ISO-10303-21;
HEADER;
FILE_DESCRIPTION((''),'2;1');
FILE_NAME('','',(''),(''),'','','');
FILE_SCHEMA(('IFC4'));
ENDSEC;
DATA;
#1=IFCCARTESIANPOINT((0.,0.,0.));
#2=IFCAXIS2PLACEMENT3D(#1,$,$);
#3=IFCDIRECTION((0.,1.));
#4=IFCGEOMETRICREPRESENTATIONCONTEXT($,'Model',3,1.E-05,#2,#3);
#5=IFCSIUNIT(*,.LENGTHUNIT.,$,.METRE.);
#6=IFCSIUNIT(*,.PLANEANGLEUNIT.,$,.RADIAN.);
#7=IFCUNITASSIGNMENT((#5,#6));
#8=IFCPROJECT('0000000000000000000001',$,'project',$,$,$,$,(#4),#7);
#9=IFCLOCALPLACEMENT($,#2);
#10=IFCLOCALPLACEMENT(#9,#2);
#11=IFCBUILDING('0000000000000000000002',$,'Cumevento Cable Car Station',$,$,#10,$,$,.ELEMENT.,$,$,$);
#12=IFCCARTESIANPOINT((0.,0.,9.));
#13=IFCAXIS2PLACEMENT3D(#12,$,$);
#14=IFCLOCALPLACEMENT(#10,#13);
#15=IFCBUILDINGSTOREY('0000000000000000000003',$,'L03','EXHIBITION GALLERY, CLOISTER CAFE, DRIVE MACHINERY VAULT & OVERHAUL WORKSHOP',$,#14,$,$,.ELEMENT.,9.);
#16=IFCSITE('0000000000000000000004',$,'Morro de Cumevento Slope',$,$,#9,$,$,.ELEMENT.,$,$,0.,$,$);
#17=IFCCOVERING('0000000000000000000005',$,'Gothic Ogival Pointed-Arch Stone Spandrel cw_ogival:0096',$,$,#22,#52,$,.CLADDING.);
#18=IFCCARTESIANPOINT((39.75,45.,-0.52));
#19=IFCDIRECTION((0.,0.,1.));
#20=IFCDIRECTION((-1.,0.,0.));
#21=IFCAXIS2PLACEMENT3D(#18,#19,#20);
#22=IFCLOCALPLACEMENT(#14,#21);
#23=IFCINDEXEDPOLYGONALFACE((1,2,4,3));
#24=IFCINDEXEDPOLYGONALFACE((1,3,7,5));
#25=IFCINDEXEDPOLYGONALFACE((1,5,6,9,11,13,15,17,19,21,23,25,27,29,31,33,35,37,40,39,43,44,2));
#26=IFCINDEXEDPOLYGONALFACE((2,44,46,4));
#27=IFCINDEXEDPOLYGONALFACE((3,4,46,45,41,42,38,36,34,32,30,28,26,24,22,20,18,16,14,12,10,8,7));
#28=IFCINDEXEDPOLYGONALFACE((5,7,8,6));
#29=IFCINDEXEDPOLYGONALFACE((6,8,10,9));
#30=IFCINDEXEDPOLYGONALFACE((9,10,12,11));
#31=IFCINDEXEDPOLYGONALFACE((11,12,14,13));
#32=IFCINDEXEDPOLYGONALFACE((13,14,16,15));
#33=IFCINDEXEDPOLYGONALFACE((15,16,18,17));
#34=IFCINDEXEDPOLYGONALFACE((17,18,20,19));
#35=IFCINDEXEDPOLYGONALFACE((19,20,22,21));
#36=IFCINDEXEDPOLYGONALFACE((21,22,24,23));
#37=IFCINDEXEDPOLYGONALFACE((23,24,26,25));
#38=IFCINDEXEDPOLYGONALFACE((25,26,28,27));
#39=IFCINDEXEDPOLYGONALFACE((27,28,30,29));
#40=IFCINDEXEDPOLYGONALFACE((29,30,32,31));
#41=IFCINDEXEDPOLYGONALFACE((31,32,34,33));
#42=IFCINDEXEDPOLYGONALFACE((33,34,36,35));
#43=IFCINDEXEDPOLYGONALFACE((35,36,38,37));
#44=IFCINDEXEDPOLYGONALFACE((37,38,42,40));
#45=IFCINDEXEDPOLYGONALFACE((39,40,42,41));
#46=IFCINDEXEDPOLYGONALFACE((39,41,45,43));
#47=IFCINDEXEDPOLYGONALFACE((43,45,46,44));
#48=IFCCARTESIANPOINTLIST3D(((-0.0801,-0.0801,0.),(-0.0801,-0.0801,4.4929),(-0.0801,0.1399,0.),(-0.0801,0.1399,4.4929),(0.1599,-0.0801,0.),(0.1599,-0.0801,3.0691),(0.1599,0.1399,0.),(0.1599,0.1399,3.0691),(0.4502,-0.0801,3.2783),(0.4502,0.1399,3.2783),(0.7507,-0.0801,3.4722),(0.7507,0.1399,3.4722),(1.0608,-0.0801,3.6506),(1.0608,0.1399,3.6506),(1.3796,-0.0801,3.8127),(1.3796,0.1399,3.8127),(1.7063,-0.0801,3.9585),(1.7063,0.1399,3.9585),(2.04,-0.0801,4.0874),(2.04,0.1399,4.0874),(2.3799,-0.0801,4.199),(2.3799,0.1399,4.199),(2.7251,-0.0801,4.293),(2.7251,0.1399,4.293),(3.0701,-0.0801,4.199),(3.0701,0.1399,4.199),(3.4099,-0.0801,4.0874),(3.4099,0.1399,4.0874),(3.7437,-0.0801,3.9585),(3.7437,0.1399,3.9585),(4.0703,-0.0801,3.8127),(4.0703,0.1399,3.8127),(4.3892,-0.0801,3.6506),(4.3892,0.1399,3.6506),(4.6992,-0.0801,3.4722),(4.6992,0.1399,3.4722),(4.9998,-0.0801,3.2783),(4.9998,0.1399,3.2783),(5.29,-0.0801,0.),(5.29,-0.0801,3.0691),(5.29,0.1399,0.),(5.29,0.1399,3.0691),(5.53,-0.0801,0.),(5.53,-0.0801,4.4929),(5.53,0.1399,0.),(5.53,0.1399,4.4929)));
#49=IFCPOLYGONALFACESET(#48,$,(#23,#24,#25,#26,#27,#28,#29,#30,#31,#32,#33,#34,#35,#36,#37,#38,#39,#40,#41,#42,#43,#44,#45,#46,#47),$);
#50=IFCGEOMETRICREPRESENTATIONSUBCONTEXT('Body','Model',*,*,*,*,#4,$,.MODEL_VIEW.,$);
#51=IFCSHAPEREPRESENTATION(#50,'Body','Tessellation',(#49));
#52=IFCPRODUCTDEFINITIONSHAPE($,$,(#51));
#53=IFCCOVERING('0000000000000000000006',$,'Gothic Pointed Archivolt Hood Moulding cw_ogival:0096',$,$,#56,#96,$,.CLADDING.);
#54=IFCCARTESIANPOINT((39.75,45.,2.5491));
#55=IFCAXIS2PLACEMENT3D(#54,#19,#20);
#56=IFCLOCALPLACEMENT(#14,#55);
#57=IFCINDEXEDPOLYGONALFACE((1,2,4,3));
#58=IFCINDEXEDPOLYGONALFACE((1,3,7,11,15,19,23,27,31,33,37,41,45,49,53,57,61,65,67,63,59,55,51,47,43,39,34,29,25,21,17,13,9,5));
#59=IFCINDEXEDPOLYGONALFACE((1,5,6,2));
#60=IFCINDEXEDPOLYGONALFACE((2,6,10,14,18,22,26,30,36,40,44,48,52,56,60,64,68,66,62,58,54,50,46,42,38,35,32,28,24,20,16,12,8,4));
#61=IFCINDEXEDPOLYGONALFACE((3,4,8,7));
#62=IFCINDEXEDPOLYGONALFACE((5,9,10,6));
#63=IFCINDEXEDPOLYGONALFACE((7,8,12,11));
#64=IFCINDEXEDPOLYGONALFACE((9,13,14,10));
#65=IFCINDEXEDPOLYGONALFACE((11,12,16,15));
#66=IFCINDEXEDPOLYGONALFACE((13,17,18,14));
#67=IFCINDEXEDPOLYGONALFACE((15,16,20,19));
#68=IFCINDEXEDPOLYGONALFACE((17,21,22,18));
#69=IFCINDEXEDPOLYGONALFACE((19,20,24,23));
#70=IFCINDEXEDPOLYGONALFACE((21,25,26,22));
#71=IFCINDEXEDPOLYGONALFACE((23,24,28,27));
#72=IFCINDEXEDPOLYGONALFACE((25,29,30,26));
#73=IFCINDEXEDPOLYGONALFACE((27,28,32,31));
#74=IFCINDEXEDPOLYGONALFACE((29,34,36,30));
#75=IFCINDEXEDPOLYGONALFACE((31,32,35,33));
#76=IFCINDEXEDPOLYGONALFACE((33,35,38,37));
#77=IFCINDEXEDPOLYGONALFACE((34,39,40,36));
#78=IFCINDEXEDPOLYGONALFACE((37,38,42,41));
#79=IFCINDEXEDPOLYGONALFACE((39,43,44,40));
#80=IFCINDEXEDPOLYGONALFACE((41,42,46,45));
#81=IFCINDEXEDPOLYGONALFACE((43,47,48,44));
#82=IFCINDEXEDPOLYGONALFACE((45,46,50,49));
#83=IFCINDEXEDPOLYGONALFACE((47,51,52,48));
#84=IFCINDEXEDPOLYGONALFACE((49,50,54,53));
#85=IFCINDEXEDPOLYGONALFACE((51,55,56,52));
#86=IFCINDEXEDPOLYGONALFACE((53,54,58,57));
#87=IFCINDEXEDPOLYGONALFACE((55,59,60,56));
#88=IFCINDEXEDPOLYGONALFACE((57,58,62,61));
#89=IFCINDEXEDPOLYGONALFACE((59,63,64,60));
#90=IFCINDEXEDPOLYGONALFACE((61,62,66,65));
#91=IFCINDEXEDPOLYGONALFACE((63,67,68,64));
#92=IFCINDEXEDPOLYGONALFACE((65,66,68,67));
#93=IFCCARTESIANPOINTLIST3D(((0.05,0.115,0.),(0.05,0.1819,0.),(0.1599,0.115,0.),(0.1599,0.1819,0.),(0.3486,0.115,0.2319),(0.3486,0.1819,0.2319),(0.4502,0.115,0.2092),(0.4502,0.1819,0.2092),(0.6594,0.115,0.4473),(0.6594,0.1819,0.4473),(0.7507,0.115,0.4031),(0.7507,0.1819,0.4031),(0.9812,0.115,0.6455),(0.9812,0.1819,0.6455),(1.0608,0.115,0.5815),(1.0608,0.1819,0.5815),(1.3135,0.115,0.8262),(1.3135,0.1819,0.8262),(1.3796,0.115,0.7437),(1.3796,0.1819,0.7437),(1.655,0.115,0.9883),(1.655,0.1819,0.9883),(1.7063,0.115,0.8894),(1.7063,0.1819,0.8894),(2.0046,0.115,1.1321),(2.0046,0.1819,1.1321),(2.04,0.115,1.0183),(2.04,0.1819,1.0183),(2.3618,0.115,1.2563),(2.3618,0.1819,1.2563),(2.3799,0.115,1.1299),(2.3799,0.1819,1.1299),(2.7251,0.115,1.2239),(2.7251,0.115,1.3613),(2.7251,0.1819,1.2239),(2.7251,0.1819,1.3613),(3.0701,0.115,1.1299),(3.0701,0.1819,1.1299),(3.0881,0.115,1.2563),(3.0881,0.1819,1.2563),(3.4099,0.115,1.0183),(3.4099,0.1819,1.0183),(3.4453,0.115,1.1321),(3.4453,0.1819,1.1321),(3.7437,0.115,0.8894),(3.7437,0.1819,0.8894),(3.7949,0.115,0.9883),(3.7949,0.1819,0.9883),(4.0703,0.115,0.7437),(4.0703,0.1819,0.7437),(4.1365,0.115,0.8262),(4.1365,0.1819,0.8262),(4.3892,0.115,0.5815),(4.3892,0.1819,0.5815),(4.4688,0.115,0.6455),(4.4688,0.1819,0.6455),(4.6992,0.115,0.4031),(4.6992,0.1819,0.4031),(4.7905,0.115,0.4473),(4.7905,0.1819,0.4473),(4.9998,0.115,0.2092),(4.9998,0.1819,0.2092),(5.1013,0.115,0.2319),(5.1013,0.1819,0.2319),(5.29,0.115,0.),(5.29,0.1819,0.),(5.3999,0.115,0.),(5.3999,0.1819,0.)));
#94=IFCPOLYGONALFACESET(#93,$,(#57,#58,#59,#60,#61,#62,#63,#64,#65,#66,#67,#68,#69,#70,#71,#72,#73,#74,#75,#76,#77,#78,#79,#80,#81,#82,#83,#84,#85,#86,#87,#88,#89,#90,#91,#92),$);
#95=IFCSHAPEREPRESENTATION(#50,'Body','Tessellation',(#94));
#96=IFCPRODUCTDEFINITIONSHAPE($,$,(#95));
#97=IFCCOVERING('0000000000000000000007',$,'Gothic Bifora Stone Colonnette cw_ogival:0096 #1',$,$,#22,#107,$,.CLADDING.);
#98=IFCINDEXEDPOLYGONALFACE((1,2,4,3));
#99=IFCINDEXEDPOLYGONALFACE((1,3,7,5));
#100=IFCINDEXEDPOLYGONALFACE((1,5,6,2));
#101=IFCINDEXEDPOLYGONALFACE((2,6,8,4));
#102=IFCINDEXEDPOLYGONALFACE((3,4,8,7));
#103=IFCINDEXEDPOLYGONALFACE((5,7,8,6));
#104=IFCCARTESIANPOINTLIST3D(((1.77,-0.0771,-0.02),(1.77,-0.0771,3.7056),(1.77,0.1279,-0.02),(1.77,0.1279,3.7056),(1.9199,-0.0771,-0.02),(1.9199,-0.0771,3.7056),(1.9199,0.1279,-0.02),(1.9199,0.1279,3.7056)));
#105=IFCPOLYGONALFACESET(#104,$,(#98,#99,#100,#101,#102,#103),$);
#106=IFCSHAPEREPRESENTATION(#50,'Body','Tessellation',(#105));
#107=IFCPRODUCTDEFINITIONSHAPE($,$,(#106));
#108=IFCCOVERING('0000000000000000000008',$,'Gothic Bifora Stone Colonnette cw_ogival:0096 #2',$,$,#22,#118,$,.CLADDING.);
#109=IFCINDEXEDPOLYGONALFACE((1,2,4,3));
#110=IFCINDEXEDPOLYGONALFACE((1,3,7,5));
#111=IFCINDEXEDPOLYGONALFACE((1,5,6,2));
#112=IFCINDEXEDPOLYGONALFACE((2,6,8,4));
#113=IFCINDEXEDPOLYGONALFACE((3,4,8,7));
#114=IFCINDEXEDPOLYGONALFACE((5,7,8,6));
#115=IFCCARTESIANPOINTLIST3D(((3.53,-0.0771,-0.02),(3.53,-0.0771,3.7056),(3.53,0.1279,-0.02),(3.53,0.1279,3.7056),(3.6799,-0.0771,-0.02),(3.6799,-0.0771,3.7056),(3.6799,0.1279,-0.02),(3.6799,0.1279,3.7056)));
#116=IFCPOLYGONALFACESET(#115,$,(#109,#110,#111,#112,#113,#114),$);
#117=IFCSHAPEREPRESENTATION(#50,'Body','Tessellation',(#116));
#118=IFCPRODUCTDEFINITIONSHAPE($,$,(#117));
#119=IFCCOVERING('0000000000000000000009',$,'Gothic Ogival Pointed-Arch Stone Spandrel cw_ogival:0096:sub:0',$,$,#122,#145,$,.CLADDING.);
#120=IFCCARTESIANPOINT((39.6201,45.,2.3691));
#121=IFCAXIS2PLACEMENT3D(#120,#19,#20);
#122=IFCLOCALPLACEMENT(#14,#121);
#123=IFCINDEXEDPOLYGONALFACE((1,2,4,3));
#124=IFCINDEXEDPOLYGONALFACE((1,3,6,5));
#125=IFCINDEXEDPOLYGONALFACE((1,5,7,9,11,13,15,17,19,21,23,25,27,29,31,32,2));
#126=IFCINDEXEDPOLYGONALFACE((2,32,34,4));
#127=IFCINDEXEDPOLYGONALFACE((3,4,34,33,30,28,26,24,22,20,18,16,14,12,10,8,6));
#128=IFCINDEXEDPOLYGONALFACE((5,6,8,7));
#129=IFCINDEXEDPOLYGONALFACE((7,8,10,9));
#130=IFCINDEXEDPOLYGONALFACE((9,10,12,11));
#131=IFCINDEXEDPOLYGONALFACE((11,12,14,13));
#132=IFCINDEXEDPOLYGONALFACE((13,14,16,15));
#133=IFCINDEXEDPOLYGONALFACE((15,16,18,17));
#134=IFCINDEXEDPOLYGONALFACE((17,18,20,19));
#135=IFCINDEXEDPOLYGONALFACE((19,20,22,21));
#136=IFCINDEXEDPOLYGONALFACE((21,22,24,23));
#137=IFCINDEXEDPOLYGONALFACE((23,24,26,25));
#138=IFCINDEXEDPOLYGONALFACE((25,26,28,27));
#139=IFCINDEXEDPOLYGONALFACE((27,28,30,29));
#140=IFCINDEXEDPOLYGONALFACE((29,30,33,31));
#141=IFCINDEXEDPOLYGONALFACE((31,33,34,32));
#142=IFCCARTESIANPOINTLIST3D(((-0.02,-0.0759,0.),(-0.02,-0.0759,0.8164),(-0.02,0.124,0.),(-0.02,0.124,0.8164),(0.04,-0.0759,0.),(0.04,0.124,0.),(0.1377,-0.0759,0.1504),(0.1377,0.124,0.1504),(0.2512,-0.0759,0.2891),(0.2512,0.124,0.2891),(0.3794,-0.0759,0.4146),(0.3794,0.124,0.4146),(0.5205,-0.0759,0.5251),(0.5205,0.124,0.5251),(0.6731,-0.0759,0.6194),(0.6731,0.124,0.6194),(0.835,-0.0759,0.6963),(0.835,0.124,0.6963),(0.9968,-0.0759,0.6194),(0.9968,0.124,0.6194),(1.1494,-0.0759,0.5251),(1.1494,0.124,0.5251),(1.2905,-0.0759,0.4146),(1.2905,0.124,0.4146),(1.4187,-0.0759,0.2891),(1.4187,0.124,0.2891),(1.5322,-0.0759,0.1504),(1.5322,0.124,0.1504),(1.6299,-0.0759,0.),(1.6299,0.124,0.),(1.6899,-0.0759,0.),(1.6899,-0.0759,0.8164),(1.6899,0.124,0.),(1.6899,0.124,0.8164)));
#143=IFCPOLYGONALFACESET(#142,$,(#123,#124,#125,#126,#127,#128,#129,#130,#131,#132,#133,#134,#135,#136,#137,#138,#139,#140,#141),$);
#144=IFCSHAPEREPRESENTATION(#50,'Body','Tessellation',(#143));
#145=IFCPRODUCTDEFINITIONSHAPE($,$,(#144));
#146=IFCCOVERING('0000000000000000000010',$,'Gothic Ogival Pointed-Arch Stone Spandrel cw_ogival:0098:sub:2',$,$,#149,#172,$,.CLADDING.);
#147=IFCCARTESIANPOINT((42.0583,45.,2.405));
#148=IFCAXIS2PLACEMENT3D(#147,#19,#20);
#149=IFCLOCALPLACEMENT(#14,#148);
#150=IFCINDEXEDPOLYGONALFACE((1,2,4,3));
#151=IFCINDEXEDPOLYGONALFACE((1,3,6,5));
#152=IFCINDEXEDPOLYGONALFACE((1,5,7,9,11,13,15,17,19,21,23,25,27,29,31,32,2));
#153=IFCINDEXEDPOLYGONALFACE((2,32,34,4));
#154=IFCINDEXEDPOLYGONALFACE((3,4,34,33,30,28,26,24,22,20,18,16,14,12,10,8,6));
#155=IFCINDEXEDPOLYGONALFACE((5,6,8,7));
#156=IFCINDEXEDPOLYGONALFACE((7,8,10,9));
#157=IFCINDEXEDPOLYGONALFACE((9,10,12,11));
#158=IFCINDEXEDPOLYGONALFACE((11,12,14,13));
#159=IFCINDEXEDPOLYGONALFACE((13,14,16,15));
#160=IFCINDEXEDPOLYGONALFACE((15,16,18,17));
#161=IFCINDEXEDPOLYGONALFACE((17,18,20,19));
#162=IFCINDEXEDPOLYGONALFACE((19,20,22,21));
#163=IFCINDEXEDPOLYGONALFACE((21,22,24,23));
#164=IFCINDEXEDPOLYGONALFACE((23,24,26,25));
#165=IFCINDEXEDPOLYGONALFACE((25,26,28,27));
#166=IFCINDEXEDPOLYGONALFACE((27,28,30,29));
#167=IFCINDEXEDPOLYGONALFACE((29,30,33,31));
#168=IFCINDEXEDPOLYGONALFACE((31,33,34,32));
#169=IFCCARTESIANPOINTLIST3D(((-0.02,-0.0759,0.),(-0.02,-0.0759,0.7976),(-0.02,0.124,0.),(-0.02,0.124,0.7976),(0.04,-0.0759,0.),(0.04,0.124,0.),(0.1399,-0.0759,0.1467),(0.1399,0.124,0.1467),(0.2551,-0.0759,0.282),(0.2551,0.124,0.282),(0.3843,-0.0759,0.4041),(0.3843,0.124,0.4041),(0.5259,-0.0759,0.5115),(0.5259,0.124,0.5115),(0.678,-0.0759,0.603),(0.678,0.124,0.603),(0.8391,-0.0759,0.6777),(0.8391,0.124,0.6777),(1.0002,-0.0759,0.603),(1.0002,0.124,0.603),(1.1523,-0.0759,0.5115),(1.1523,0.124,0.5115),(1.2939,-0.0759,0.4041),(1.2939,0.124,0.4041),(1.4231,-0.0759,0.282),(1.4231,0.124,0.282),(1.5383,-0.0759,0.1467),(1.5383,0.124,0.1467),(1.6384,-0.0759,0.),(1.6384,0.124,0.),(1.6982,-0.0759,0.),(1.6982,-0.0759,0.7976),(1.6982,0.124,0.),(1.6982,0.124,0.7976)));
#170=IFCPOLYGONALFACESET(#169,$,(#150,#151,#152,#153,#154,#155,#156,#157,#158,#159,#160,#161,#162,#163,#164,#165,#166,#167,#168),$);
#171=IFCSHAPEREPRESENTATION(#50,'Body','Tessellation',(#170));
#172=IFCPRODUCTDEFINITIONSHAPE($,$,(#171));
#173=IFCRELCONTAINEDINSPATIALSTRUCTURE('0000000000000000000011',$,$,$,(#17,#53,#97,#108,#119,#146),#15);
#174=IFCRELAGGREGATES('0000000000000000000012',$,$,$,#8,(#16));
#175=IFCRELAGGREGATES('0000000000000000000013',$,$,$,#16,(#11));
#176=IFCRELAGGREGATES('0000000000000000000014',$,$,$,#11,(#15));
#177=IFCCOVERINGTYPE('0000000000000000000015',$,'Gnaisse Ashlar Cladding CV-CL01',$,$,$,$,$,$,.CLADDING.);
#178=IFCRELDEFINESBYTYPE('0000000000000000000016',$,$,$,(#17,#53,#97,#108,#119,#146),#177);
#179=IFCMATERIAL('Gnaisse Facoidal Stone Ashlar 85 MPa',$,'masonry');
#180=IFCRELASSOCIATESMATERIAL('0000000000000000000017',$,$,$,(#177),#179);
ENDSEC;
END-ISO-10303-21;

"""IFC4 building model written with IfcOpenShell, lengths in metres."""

from ifc_helpers import new_model, si_unit, direction, frame, origin, place, context, subcontext, project, spatial, polyline, outline, extrude, material, type_object, element, save


model = new_model("IFC4")

# Units and contexts
model_context = context("Model", 3, precision=1e-05, world=origin(), true_north=direction((0.0, 1.0)))
body_context = subcontext(model_context, "Body", "Model", "MODEL_VIEW")
ifc_project = project(units=[si_unit("LENGTHUNIT", "METRE"), si_unit("PLANEANGLEUNIT", "RADIAN")], contexts=[model_context])

# Site, building, storey
site_placement = place(None, origin())
site = spatial("IfcSite", under=ifc_project, at=site_placement, Name="Morro de Cumevento Slope", CompositionType="ELEMENT", RefElevation=0.0)
building_placement = place(site_placement, origin())
building = spatial("IfcBuilding", under=site, at=building_placement, Name="Cumevento Cable Car Station", CompositionType="ELEMENT")
storey_placement = place(building_placement, frame((0.0, 0.0, 9.0)))
storey = spatial("IfcBuildingStorey", under=building, at=storey_placement, Name="L03", Description="EXHIBITION GALLERY, CLOISTER CAFE, DRIVE MACHINERY VAULT & OVERHAUL WORKSHOP", CompositionType="ELEMENT", Elevation=9.0)

# Coverings
ifc_material_1 = material(Name="Gnaisse Facoidal Stone Ashlar 85 MPa", Category="masonry")
covering_type = type_object("IfcCoveringType", Name="Gnaisse Ashlar Cladding CV-CL01", PredefinedType="CLADDING", material=ifc_material_1)
placement = place(storey_placement, frame((39.75, 45.0, -0.52), z_axis=(0.0, 0.0, 1.0), x_axis=(-1.0, 0.0, 0.0)))
element("IfcCovering", 1, at=placement, inside=storey, type_object=covering_type, Name="Gothic Ogival Pointed-Arch Stone Spandrel cw_ogival:0096", PredefinedType="CLADDING", context=body_context, shape_type="SweptSolid", body=[
    extrude(outline(polyline([(-0.0801, 0.0), (-0.0801, 4.4929), (5.53, 4.4929), (5.53, 0.0), (5.29, 0.0), (5.29, 3.0691), (4.9998, 3.2783), (4.6992, 3.4722), (4.3892, 3.6506), (4.0703, 3.8127), (3.7437, 3.9585), (3.4099, 4.0874), (3.0701, 4.199), (2.7251, 4.293), (2.3799, 4.199), (2.04, 4.0874), (1.7063, 3.9585), (1.3796, 3.8127), (1.0608, 3.6506), (0.7507, 3.4722), (0.4502, 3.2783), (0.1599, 3.0691), (0.1599, 0.0), (-0.0801, 0.0)])), frame((0.0, 0.1399, 0.0), z_axis=(0.0, -1.0, 0.0), x_axis=(1.0, 0.0, 0.0)), (0.0, 0.0, 1.0), 0.22),
])
covering_1_placement = place(storey_placement, frame((39.75, 45.0, 2.5491), z_axis=(0.0, 0.0, 1.0), x_axis=(-1.0, 0.0, 0.0)))
element("IfcCovering", 2, at=covering_1_placement, inside=storey, type_object=covering_type, Name="Gothic Pointed Archivolt Hood Moulding cw_ogival:0096", PredefinedType="CLADDING", context=body_context, shape_type="SweptSolid", body=[
    extrude(outline(polyline([(0.1599, 0.0), (0.4502, 0.2092), (0.7507, 0.4031), (1.0608, 0.5815), (1.3796, 0.7437), (1.7063, 0.8894), (2.04, 1.0183), (2.3799, 1.1299), (2.7251, 1.2239), (3.0701, 1.1299), (3.4099, 1.0183), (3.7437, 0.8894), (4.0703, 0.7437), (4.3892, 0.5815), (4.6992, 0.4031), (4.9998, 0.2092), (5.29, 0.0), (5.3999, 0.0), (5.1013, 0.2319), (4.7905, 0.4473), (4.4688, 0.6455), (4.1365, 0.8262), (3.7949, 0.9883), (3.4453, 1.1321), (3.0881, 1.2563), (2.7251, 1.3613), (2.3618, 1.2563), (2.0046, 1.1321), (1.655, 0.9883), (1.3135, 0.8262), (0.9812, 0.6455), (0.6594, 0.4473), (0.3486, 0.2319), (0.05, 0.0), (0.1599, 0.0)])), frame((0.0, 0.1819, 0.0), z_axis=(0.0, -1.0, 0.0), x_axis=(1.0, 0.0, 0.0)), (0.0, 0.0, 1.0), 0.0669),
])
element("IfcCovering", 3, at=placement, inside=storey, type_object=covering_type, Name="Gothic Bifora Stone Colonnette cw_ogival:0096 #1", PredefinedType="CLADDING", context=body_context, shape_type="SweptSolid", body=[
    extrude(outline(polyline([(1.77, -0.02), (1.9199, -0.02), (1.9199, 3.7056), (1.77, 3.7056), (1.77, -0.02)])), frame((0.0, 0.1279, 0.0), z_axis=(0.0, -1.0, 0.0), x_axis=(1.0, 0.0, 0.0)), (0.0, 0.0, 1.0), 0.2051),
])
element("IfcCovering", 4, at=placement, inside=storey, type_object=covering_type, Name="Gothic Bifora Stone Colonnette cw_ogival:0096 #2", PredefinedType="CLADDING", context=body_context, shape_type="SweptSolid", body=[
    extrude(outline(polyline([(3.53, -0.02), (3.6799, -0.02), (3.6799, 3.7056), (3.53, 3.7056), (3.53, -0.02)])), frame((0.0, 0.1279, 0.0), z_axis=(0.0, -1.0, 0.0), x_axis=(1.0, 0.0, 0.0)), (0.0, 0.0, 1.0), 0.2051),
])
covering_2_placement = place(storey_placement, frame((39.6201, 45.0, 2.3691), z_axis=(0.0, 0.0, 1.0), x_axis=(-1.0, 0.0, 0.0)))
element("IfcCovering", 5, at=covering_2_placement, inside=storey, type_object=covering_type, Name="Gothic Ogival Pointed-Arch Stone Spandrel cw_ogival:0096:sub:0", PredefinedType="CLADDING", context=body_context, shape_type="SweptSolid", body=[
    extrude(outline(polyline([(-0.02, 0.0), (-0.02, 0.8164), (1.6899, 0.8164), (1.6899, 0.0), (1.6299, 0.0), (1.5322, 0.1504), (1.4187, 0.2891), (1.2905, 0.4146), (1.1494, 0.5251), (0.9968, 0.6194), (0.835, 0.6963), (0.6731, 0.6194), (0.5205, 0.5251), (0.3794, 0.4146), (0.2512, 0.2891), (0.1377, 0.1504), (0.04, 0.0), (-0.02, 0.0)])), frame((0.0, 0.124, 0.0), z_axis=(0.0, -1.0, 0.0), x_axis=(1.0, 0.0, 0.0)), (0.0, 0.0, 1.0), 0.2),
])
covering_3_placement = place(storey_placement, frame((42.0583, 45.0, 2.405), z_axis=(0.0, 0.0, 1.0), x_axis=(-1.0, 0.0, 0.0)))
element("IfcCovering", 6, at=covering_3_placement, inside=storey, type_object=covering_type, Name="Gothic Ogival Pointed-Arch Stone Spandrel cw_ogival:0098:sub:2", PredefinedType="CLADDING", context=body_context, shape_type="SweptSolid", body=[
    extrude(outline(polyline([(-0.02, 0.0), (-0.02, 0.7976), (1.6982, 0.7976), (1.6982, 0.0), (1.6384, 0.0), (1.5383, 0.1467), (1.4231, 0.282), (1.2939, 0.4041), (1.1523, 0.5115), (1.0002, 0.603), (0.8391, 0.6777), (0.678, 0.603), (0.5259, 0.5115), (0.3843, 0.4041), (0.2551, 0.282), (0.1399, 0.1467), (0.04, 0.0), (-0.02, 0.0)])), frame((0.0, 0.124, 0.0), z_axis=(0.0, -1.0, 0.0), x_axis=(1.0, 0.0, 0.0)), (0.0, 0.0, 1.0), 0.2),
])

save(model, "model.ifc")
